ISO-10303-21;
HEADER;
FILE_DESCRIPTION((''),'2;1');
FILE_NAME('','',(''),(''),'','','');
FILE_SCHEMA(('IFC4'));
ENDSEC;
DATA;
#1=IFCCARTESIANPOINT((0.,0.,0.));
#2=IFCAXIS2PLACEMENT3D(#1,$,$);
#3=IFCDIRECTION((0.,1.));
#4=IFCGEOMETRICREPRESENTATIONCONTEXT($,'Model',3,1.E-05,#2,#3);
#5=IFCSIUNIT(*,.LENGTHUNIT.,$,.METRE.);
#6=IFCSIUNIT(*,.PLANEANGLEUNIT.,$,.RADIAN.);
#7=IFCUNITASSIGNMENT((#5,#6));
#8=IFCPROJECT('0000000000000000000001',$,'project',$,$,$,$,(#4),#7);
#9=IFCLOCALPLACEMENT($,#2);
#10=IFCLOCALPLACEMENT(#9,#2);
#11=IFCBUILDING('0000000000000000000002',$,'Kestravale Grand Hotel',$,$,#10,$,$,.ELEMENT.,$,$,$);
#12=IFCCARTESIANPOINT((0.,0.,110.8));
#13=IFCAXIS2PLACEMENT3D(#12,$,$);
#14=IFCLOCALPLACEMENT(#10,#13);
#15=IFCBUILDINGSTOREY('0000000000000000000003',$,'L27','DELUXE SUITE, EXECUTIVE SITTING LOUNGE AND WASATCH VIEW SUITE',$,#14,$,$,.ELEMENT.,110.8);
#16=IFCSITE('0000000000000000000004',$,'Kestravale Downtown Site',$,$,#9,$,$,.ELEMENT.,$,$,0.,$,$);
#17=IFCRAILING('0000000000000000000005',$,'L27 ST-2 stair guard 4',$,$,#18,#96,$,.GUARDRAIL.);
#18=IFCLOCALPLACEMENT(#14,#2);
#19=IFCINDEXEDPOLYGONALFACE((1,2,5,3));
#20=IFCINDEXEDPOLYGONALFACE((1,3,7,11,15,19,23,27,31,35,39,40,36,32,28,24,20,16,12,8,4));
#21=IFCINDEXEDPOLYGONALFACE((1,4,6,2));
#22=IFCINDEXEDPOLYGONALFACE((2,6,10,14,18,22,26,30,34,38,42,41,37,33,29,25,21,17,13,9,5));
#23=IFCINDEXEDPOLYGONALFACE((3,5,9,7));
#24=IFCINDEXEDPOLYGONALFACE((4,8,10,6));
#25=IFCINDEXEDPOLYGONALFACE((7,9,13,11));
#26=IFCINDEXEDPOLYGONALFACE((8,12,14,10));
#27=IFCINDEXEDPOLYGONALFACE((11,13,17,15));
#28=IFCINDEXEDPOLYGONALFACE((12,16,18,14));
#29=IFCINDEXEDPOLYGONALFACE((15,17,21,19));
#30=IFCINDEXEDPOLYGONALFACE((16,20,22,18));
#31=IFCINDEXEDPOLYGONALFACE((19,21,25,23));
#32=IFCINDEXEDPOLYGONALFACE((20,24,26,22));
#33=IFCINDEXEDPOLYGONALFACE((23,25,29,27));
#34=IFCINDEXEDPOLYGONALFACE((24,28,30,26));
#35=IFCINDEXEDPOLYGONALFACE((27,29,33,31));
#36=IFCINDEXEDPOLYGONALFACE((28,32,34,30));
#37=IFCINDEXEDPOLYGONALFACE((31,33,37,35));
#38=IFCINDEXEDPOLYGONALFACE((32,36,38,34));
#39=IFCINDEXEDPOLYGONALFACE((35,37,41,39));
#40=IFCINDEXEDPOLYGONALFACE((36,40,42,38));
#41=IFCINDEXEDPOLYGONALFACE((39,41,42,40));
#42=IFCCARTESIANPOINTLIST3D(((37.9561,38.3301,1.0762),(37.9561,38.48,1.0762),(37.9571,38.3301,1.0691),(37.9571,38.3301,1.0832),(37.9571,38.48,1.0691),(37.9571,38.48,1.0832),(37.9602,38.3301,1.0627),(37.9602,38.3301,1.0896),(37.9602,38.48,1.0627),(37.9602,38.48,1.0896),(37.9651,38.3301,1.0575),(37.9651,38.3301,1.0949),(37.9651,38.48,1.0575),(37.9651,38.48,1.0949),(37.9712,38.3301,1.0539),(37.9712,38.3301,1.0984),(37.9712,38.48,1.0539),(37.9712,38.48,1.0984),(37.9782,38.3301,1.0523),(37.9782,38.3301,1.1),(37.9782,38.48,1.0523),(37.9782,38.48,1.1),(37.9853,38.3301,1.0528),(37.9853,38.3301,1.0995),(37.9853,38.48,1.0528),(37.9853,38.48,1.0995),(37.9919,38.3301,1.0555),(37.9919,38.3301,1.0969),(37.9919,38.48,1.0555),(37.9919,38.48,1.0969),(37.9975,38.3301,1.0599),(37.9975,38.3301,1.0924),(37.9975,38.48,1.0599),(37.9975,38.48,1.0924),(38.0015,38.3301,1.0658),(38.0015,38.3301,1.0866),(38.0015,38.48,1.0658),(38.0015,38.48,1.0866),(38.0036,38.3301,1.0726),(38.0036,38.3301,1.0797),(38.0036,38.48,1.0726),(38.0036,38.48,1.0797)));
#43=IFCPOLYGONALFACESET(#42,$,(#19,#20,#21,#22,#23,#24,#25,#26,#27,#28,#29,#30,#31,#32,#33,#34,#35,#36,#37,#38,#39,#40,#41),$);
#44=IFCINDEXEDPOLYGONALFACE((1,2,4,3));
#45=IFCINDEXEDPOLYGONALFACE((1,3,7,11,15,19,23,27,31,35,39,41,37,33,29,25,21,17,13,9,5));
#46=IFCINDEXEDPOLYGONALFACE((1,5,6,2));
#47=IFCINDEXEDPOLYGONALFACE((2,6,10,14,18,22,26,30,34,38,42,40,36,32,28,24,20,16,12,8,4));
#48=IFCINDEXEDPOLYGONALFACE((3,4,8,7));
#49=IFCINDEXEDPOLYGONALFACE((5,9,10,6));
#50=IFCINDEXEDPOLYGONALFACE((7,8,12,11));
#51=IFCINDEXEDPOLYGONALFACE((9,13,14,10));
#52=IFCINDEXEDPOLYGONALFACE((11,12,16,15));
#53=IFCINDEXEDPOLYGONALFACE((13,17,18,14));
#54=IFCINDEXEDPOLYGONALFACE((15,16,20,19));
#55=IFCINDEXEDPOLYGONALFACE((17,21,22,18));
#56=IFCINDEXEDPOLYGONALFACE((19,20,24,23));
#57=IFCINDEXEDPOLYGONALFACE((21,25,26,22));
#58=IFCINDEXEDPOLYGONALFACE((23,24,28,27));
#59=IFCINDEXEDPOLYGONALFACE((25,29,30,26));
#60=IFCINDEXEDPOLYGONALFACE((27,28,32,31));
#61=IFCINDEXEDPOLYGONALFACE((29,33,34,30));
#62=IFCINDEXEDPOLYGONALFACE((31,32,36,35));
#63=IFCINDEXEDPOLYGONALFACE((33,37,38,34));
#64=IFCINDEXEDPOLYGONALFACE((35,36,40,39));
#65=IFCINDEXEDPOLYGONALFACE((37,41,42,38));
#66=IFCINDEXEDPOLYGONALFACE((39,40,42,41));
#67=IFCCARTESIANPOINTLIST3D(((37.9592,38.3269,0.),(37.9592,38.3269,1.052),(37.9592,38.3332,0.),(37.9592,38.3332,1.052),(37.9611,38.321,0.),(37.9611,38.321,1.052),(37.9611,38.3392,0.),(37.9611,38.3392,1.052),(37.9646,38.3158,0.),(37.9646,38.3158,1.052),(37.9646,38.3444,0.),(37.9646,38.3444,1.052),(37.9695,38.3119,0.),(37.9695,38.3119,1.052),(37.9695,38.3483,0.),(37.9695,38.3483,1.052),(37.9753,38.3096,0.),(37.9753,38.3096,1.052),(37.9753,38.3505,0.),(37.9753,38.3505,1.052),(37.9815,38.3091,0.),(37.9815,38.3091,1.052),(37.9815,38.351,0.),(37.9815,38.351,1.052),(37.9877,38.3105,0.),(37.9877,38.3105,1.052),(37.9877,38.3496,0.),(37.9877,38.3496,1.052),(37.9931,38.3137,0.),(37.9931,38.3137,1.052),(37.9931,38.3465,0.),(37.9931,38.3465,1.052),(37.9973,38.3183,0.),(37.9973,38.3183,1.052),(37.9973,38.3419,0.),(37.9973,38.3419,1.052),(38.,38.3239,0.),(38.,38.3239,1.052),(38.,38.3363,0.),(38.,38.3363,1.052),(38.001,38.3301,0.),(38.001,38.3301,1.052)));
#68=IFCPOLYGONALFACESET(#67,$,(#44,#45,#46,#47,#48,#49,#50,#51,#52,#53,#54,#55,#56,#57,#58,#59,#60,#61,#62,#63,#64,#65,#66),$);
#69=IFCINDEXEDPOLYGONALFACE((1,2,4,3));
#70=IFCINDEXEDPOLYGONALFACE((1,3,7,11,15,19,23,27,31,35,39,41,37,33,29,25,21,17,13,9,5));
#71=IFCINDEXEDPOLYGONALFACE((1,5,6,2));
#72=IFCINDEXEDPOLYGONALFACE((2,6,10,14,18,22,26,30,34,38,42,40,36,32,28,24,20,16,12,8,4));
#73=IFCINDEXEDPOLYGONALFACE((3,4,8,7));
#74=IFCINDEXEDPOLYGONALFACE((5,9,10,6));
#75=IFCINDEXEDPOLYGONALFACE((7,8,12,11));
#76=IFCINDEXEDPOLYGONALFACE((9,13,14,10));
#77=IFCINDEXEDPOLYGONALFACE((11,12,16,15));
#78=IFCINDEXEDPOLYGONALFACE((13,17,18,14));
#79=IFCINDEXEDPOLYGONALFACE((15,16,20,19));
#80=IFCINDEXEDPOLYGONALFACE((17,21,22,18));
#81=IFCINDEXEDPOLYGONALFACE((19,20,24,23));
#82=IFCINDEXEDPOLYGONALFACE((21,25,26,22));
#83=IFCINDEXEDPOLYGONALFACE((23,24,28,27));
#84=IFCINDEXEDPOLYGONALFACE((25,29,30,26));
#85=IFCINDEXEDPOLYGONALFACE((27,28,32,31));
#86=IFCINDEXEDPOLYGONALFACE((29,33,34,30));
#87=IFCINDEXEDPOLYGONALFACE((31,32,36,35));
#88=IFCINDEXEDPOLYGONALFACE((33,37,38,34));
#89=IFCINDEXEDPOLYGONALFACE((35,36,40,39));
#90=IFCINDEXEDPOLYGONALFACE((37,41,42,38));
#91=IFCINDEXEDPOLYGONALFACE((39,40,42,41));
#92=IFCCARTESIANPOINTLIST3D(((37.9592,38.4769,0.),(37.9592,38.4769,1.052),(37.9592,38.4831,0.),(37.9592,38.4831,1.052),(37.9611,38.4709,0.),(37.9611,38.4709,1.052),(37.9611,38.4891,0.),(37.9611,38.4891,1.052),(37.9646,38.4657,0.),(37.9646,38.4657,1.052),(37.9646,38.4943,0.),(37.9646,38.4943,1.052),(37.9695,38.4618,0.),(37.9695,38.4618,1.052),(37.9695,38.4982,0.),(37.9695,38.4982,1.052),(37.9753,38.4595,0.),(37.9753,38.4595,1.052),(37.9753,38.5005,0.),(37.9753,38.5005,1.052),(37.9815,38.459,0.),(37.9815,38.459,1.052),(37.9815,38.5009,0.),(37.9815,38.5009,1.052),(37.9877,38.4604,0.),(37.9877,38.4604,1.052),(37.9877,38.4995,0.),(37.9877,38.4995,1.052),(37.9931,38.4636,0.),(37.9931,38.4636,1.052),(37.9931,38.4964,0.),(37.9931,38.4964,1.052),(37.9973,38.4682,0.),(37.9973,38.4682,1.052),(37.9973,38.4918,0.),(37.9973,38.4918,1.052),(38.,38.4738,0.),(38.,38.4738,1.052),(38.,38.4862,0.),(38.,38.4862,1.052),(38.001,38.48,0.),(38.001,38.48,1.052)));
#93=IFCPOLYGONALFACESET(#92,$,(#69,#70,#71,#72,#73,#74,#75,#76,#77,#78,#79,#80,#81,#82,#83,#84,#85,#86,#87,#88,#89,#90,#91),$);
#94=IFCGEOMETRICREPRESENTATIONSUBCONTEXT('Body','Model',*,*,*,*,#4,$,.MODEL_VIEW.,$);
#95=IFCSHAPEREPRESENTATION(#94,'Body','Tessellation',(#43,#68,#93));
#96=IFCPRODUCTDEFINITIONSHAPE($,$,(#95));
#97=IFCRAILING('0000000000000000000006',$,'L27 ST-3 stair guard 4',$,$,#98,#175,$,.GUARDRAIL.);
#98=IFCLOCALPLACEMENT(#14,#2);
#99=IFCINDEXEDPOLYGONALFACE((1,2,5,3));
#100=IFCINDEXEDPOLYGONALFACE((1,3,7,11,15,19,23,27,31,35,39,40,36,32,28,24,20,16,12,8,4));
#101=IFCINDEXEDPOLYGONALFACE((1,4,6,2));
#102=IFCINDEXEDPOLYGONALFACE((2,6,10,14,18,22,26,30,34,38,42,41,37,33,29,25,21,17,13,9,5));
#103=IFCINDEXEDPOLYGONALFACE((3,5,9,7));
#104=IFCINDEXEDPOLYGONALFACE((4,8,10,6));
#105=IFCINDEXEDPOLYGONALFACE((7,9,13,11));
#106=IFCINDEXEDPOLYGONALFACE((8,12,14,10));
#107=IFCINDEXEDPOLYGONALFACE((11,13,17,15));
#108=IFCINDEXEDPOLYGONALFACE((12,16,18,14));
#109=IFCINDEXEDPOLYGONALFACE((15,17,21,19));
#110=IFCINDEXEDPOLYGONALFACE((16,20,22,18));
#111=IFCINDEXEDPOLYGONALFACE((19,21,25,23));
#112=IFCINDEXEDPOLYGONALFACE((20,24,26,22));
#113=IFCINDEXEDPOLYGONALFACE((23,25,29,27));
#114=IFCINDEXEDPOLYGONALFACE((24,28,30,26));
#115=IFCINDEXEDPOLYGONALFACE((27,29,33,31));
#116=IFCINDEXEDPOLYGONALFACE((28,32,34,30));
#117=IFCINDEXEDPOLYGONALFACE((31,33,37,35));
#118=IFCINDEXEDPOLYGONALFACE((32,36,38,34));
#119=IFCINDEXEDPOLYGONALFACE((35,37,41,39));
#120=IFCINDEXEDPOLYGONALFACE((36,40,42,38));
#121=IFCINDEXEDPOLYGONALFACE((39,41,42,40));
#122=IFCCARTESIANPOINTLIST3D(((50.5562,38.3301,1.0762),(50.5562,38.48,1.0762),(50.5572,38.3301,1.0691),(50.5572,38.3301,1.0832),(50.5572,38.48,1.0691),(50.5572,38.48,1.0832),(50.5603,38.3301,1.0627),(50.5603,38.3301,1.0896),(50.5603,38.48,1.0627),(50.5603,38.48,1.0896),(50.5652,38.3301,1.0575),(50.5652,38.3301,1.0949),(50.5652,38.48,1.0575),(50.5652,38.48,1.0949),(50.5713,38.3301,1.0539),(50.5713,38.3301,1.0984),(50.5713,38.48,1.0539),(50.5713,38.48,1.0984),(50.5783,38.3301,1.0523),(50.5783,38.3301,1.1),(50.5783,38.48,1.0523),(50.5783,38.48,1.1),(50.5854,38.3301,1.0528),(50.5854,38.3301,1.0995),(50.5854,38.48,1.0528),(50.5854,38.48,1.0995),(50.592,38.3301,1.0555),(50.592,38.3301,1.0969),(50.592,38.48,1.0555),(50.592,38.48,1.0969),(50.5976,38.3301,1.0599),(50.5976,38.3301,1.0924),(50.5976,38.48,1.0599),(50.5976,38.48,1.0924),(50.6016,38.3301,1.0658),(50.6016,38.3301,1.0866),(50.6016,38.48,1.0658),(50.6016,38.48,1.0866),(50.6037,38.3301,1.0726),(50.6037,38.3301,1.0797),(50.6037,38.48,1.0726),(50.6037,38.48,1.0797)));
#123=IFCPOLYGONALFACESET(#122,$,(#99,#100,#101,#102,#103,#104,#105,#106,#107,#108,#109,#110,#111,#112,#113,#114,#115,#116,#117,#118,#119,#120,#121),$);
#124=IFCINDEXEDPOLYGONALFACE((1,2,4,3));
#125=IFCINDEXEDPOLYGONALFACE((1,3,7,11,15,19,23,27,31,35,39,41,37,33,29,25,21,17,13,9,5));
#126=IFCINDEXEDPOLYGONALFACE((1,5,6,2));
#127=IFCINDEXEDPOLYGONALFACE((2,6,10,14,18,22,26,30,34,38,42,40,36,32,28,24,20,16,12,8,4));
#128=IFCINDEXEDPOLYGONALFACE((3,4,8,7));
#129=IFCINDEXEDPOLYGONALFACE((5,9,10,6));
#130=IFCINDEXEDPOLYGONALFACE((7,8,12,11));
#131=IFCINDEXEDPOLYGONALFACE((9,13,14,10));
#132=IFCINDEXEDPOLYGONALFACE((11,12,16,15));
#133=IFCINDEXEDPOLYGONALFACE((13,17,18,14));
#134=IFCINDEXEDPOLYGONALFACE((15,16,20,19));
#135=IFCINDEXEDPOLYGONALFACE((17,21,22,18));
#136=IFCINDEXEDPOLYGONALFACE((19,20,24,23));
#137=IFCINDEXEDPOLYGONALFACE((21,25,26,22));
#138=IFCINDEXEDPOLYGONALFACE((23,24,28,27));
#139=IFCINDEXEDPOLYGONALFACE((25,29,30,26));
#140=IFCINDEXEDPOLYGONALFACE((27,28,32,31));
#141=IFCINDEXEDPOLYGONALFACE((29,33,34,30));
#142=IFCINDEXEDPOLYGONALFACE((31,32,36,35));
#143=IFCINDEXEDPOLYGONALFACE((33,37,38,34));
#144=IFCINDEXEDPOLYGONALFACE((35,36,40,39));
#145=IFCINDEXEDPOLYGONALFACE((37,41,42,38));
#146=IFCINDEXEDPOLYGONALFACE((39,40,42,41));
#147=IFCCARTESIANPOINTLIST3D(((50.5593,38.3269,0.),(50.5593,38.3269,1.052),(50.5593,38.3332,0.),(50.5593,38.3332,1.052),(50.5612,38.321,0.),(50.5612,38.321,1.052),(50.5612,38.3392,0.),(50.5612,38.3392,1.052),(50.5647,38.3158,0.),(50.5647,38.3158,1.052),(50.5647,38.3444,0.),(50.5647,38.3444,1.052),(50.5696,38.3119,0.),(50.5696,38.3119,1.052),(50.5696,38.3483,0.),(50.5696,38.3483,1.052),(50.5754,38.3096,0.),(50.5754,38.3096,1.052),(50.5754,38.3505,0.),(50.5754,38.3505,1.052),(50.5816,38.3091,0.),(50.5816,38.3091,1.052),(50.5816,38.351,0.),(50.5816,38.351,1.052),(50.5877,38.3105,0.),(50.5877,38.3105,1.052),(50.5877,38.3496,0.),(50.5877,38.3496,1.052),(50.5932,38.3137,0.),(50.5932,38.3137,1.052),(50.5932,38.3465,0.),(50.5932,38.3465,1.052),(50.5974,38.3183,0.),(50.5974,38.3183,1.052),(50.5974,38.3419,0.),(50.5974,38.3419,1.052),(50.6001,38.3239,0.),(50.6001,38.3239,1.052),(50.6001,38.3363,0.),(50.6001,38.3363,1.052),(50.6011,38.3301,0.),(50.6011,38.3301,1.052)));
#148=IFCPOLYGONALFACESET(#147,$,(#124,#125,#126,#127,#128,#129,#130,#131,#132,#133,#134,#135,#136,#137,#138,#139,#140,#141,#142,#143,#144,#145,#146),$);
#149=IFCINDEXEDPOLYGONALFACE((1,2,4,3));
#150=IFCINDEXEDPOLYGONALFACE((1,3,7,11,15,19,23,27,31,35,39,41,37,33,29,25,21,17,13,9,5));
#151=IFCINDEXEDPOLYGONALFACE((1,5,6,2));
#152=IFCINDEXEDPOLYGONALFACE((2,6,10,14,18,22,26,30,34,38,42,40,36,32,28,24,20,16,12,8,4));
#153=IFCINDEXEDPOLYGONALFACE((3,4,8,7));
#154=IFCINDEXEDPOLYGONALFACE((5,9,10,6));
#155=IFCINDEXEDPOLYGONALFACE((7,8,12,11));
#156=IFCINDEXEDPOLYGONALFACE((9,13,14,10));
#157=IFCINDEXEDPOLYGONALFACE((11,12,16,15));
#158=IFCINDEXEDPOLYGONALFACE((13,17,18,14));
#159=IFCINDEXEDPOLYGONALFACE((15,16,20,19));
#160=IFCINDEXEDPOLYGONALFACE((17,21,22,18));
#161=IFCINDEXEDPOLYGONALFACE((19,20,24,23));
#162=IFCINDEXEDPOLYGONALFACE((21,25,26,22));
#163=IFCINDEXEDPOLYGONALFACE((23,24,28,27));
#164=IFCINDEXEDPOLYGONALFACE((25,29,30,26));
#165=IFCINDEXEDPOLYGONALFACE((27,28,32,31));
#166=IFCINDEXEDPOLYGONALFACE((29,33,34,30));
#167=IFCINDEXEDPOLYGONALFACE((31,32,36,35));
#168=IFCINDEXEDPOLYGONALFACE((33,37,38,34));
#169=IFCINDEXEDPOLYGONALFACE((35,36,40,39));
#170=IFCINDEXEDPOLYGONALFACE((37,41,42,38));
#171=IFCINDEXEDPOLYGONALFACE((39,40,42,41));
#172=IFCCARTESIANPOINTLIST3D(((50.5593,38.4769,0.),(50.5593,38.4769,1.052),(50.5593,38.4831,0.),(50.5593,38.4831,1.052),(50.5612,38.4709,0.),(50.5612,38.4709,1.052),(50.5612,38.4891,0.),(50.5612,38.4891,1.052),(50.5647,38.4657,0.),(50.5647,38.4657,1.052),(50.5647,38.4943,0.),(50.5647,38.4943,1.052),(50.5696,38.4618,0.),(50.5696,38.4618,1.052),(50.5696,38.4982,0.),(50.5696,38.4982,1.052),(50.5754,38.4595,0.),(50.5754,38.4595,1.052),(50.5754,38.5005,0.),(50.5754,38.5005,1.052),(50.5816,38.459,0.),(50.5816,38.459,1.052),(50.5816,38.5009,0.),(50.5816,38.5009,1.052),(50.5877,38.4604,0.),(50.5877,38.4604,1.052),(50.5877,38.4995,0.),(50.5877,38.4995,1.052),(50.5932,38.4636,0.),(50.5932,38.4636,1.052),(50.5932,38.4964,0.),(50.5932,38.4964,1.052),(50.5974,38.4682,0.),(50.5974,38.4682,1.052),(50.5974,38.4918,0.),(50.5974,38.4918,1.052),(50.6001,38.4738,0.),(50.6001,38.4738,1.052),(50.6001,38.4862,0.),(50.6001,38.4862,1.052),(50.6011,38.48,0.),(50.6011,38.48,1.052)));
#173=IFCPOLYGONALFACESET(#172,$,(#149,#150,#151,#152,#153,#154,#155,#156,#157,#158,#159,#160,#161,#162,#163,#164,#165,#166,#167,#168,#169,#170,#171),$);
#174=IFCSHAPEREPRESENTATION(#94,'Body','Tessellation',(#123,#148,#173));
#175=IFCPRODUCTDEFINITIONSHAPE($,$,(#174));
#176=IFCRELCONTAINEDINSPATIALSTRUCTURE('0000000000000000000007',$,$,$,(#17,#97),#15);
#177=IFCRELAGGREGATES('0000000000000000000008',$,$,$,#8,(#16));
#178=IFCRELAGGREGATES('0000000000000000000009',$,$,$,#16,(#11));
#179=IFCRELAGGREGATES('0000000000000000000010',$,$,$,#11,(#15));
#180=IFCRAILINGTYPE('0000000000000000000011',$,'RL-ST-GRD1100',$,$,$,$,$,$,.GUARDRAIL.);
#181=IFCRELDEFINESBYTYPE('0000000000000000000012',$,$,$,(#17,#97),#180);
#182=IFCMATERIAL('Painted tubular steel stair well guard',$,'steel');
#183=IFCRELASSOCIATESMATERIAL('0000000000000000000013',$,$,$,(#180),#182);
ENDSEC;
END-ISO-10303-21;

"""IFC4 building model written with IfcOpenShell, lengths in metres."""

from ifc_helpers import new_model, si_unit, direction, frame, origin, origin_2d, place, context, subcontext, project, spatial, circle, extrude, material, type_object, element, save


model = new_model("IFC4")

# Units and contexts
model_context = context("Model", 3, precision=1e-05, world=origin(), true_north=direction((0.0, 1.0)))
body_context = subcontext(model_context, "Body", "Model", "MODEL_VIEW")
ifc_project = project(units=[si_unit("LENGTHUNIT", "METRE"), si_unit("PLANEANGLEUNIT", "RADIAN")], contexts=[model_context])

# Site, building, storey
site_placement = place(None, origin())
site = spatial("IfcSite", under=ifc_project, at=site_placement, Name="Kestravale Downtown Site", CompositionType="ELEMENT", RefElevation=0.0)
building_placement = place(site_placement, origin())
building = spatial("IfcBuilding", under=site, at=building_placement, Name="Kestravale Grand Hotel", CompositionType="ELEMENT")
storey_placement = place(building_placement, frame((0.0, 0.0, 110.8)))
storey = spatial("IfcBuildingStorey", under=building, at=storey_placement, Name="L27", Description="DELUXE SUITE, EXECUTIVE SITTING LOUNGE AND WASATCH VIEW SUITE", CompositionType="ELEMENT", Elevation=110.8)

# Railings
ifc_material_1 = material(Name="Painted tubular steel stair well guard", Category="steel")
railing_type_1 = type_object("IfcRailingType", Name="RL-ST-GRD1100", PredefinedType="GUARDRAIL", material=ifc_material_1)
for number, where, name in (
    (1, (37.98, 38.3301, 0.0), "L27 ST-2 stair guard 4"),
    (2, (50.5801, 38.3301, 0.0), "L27 ST-3 stair guard 4"),
):
    element("IfcRailing", number, at=place(storey_placement, frame(where)), inside=storey, type_object=railing_type_1, Name=name, PredefinedType="GUARDRAIL", context=body_context, shape_type="SweptSolid", body=[
        extrude(circle(Radius=0.0239, at=origin_2d()), frame((0.0, 0.0, 1.0762), z_axis=(0.0, 1.0, 0.0), x_axis=(-1.0, 0.0, 0.0)), (0.0, 0.0, 1.0), 0.1499),
        extrude(circle(Radius=0.021, at=origin_2d()), origin(), (0.0, 0.0, 1.0), 1.052),
        extrude(circle(Radius=0.021, at=origin_2d()), frame((0.0, 0.1499, 0.0)), (0.0, 0.0, 1.0), 1.052),
    ])

save(model, "model.ifc")
